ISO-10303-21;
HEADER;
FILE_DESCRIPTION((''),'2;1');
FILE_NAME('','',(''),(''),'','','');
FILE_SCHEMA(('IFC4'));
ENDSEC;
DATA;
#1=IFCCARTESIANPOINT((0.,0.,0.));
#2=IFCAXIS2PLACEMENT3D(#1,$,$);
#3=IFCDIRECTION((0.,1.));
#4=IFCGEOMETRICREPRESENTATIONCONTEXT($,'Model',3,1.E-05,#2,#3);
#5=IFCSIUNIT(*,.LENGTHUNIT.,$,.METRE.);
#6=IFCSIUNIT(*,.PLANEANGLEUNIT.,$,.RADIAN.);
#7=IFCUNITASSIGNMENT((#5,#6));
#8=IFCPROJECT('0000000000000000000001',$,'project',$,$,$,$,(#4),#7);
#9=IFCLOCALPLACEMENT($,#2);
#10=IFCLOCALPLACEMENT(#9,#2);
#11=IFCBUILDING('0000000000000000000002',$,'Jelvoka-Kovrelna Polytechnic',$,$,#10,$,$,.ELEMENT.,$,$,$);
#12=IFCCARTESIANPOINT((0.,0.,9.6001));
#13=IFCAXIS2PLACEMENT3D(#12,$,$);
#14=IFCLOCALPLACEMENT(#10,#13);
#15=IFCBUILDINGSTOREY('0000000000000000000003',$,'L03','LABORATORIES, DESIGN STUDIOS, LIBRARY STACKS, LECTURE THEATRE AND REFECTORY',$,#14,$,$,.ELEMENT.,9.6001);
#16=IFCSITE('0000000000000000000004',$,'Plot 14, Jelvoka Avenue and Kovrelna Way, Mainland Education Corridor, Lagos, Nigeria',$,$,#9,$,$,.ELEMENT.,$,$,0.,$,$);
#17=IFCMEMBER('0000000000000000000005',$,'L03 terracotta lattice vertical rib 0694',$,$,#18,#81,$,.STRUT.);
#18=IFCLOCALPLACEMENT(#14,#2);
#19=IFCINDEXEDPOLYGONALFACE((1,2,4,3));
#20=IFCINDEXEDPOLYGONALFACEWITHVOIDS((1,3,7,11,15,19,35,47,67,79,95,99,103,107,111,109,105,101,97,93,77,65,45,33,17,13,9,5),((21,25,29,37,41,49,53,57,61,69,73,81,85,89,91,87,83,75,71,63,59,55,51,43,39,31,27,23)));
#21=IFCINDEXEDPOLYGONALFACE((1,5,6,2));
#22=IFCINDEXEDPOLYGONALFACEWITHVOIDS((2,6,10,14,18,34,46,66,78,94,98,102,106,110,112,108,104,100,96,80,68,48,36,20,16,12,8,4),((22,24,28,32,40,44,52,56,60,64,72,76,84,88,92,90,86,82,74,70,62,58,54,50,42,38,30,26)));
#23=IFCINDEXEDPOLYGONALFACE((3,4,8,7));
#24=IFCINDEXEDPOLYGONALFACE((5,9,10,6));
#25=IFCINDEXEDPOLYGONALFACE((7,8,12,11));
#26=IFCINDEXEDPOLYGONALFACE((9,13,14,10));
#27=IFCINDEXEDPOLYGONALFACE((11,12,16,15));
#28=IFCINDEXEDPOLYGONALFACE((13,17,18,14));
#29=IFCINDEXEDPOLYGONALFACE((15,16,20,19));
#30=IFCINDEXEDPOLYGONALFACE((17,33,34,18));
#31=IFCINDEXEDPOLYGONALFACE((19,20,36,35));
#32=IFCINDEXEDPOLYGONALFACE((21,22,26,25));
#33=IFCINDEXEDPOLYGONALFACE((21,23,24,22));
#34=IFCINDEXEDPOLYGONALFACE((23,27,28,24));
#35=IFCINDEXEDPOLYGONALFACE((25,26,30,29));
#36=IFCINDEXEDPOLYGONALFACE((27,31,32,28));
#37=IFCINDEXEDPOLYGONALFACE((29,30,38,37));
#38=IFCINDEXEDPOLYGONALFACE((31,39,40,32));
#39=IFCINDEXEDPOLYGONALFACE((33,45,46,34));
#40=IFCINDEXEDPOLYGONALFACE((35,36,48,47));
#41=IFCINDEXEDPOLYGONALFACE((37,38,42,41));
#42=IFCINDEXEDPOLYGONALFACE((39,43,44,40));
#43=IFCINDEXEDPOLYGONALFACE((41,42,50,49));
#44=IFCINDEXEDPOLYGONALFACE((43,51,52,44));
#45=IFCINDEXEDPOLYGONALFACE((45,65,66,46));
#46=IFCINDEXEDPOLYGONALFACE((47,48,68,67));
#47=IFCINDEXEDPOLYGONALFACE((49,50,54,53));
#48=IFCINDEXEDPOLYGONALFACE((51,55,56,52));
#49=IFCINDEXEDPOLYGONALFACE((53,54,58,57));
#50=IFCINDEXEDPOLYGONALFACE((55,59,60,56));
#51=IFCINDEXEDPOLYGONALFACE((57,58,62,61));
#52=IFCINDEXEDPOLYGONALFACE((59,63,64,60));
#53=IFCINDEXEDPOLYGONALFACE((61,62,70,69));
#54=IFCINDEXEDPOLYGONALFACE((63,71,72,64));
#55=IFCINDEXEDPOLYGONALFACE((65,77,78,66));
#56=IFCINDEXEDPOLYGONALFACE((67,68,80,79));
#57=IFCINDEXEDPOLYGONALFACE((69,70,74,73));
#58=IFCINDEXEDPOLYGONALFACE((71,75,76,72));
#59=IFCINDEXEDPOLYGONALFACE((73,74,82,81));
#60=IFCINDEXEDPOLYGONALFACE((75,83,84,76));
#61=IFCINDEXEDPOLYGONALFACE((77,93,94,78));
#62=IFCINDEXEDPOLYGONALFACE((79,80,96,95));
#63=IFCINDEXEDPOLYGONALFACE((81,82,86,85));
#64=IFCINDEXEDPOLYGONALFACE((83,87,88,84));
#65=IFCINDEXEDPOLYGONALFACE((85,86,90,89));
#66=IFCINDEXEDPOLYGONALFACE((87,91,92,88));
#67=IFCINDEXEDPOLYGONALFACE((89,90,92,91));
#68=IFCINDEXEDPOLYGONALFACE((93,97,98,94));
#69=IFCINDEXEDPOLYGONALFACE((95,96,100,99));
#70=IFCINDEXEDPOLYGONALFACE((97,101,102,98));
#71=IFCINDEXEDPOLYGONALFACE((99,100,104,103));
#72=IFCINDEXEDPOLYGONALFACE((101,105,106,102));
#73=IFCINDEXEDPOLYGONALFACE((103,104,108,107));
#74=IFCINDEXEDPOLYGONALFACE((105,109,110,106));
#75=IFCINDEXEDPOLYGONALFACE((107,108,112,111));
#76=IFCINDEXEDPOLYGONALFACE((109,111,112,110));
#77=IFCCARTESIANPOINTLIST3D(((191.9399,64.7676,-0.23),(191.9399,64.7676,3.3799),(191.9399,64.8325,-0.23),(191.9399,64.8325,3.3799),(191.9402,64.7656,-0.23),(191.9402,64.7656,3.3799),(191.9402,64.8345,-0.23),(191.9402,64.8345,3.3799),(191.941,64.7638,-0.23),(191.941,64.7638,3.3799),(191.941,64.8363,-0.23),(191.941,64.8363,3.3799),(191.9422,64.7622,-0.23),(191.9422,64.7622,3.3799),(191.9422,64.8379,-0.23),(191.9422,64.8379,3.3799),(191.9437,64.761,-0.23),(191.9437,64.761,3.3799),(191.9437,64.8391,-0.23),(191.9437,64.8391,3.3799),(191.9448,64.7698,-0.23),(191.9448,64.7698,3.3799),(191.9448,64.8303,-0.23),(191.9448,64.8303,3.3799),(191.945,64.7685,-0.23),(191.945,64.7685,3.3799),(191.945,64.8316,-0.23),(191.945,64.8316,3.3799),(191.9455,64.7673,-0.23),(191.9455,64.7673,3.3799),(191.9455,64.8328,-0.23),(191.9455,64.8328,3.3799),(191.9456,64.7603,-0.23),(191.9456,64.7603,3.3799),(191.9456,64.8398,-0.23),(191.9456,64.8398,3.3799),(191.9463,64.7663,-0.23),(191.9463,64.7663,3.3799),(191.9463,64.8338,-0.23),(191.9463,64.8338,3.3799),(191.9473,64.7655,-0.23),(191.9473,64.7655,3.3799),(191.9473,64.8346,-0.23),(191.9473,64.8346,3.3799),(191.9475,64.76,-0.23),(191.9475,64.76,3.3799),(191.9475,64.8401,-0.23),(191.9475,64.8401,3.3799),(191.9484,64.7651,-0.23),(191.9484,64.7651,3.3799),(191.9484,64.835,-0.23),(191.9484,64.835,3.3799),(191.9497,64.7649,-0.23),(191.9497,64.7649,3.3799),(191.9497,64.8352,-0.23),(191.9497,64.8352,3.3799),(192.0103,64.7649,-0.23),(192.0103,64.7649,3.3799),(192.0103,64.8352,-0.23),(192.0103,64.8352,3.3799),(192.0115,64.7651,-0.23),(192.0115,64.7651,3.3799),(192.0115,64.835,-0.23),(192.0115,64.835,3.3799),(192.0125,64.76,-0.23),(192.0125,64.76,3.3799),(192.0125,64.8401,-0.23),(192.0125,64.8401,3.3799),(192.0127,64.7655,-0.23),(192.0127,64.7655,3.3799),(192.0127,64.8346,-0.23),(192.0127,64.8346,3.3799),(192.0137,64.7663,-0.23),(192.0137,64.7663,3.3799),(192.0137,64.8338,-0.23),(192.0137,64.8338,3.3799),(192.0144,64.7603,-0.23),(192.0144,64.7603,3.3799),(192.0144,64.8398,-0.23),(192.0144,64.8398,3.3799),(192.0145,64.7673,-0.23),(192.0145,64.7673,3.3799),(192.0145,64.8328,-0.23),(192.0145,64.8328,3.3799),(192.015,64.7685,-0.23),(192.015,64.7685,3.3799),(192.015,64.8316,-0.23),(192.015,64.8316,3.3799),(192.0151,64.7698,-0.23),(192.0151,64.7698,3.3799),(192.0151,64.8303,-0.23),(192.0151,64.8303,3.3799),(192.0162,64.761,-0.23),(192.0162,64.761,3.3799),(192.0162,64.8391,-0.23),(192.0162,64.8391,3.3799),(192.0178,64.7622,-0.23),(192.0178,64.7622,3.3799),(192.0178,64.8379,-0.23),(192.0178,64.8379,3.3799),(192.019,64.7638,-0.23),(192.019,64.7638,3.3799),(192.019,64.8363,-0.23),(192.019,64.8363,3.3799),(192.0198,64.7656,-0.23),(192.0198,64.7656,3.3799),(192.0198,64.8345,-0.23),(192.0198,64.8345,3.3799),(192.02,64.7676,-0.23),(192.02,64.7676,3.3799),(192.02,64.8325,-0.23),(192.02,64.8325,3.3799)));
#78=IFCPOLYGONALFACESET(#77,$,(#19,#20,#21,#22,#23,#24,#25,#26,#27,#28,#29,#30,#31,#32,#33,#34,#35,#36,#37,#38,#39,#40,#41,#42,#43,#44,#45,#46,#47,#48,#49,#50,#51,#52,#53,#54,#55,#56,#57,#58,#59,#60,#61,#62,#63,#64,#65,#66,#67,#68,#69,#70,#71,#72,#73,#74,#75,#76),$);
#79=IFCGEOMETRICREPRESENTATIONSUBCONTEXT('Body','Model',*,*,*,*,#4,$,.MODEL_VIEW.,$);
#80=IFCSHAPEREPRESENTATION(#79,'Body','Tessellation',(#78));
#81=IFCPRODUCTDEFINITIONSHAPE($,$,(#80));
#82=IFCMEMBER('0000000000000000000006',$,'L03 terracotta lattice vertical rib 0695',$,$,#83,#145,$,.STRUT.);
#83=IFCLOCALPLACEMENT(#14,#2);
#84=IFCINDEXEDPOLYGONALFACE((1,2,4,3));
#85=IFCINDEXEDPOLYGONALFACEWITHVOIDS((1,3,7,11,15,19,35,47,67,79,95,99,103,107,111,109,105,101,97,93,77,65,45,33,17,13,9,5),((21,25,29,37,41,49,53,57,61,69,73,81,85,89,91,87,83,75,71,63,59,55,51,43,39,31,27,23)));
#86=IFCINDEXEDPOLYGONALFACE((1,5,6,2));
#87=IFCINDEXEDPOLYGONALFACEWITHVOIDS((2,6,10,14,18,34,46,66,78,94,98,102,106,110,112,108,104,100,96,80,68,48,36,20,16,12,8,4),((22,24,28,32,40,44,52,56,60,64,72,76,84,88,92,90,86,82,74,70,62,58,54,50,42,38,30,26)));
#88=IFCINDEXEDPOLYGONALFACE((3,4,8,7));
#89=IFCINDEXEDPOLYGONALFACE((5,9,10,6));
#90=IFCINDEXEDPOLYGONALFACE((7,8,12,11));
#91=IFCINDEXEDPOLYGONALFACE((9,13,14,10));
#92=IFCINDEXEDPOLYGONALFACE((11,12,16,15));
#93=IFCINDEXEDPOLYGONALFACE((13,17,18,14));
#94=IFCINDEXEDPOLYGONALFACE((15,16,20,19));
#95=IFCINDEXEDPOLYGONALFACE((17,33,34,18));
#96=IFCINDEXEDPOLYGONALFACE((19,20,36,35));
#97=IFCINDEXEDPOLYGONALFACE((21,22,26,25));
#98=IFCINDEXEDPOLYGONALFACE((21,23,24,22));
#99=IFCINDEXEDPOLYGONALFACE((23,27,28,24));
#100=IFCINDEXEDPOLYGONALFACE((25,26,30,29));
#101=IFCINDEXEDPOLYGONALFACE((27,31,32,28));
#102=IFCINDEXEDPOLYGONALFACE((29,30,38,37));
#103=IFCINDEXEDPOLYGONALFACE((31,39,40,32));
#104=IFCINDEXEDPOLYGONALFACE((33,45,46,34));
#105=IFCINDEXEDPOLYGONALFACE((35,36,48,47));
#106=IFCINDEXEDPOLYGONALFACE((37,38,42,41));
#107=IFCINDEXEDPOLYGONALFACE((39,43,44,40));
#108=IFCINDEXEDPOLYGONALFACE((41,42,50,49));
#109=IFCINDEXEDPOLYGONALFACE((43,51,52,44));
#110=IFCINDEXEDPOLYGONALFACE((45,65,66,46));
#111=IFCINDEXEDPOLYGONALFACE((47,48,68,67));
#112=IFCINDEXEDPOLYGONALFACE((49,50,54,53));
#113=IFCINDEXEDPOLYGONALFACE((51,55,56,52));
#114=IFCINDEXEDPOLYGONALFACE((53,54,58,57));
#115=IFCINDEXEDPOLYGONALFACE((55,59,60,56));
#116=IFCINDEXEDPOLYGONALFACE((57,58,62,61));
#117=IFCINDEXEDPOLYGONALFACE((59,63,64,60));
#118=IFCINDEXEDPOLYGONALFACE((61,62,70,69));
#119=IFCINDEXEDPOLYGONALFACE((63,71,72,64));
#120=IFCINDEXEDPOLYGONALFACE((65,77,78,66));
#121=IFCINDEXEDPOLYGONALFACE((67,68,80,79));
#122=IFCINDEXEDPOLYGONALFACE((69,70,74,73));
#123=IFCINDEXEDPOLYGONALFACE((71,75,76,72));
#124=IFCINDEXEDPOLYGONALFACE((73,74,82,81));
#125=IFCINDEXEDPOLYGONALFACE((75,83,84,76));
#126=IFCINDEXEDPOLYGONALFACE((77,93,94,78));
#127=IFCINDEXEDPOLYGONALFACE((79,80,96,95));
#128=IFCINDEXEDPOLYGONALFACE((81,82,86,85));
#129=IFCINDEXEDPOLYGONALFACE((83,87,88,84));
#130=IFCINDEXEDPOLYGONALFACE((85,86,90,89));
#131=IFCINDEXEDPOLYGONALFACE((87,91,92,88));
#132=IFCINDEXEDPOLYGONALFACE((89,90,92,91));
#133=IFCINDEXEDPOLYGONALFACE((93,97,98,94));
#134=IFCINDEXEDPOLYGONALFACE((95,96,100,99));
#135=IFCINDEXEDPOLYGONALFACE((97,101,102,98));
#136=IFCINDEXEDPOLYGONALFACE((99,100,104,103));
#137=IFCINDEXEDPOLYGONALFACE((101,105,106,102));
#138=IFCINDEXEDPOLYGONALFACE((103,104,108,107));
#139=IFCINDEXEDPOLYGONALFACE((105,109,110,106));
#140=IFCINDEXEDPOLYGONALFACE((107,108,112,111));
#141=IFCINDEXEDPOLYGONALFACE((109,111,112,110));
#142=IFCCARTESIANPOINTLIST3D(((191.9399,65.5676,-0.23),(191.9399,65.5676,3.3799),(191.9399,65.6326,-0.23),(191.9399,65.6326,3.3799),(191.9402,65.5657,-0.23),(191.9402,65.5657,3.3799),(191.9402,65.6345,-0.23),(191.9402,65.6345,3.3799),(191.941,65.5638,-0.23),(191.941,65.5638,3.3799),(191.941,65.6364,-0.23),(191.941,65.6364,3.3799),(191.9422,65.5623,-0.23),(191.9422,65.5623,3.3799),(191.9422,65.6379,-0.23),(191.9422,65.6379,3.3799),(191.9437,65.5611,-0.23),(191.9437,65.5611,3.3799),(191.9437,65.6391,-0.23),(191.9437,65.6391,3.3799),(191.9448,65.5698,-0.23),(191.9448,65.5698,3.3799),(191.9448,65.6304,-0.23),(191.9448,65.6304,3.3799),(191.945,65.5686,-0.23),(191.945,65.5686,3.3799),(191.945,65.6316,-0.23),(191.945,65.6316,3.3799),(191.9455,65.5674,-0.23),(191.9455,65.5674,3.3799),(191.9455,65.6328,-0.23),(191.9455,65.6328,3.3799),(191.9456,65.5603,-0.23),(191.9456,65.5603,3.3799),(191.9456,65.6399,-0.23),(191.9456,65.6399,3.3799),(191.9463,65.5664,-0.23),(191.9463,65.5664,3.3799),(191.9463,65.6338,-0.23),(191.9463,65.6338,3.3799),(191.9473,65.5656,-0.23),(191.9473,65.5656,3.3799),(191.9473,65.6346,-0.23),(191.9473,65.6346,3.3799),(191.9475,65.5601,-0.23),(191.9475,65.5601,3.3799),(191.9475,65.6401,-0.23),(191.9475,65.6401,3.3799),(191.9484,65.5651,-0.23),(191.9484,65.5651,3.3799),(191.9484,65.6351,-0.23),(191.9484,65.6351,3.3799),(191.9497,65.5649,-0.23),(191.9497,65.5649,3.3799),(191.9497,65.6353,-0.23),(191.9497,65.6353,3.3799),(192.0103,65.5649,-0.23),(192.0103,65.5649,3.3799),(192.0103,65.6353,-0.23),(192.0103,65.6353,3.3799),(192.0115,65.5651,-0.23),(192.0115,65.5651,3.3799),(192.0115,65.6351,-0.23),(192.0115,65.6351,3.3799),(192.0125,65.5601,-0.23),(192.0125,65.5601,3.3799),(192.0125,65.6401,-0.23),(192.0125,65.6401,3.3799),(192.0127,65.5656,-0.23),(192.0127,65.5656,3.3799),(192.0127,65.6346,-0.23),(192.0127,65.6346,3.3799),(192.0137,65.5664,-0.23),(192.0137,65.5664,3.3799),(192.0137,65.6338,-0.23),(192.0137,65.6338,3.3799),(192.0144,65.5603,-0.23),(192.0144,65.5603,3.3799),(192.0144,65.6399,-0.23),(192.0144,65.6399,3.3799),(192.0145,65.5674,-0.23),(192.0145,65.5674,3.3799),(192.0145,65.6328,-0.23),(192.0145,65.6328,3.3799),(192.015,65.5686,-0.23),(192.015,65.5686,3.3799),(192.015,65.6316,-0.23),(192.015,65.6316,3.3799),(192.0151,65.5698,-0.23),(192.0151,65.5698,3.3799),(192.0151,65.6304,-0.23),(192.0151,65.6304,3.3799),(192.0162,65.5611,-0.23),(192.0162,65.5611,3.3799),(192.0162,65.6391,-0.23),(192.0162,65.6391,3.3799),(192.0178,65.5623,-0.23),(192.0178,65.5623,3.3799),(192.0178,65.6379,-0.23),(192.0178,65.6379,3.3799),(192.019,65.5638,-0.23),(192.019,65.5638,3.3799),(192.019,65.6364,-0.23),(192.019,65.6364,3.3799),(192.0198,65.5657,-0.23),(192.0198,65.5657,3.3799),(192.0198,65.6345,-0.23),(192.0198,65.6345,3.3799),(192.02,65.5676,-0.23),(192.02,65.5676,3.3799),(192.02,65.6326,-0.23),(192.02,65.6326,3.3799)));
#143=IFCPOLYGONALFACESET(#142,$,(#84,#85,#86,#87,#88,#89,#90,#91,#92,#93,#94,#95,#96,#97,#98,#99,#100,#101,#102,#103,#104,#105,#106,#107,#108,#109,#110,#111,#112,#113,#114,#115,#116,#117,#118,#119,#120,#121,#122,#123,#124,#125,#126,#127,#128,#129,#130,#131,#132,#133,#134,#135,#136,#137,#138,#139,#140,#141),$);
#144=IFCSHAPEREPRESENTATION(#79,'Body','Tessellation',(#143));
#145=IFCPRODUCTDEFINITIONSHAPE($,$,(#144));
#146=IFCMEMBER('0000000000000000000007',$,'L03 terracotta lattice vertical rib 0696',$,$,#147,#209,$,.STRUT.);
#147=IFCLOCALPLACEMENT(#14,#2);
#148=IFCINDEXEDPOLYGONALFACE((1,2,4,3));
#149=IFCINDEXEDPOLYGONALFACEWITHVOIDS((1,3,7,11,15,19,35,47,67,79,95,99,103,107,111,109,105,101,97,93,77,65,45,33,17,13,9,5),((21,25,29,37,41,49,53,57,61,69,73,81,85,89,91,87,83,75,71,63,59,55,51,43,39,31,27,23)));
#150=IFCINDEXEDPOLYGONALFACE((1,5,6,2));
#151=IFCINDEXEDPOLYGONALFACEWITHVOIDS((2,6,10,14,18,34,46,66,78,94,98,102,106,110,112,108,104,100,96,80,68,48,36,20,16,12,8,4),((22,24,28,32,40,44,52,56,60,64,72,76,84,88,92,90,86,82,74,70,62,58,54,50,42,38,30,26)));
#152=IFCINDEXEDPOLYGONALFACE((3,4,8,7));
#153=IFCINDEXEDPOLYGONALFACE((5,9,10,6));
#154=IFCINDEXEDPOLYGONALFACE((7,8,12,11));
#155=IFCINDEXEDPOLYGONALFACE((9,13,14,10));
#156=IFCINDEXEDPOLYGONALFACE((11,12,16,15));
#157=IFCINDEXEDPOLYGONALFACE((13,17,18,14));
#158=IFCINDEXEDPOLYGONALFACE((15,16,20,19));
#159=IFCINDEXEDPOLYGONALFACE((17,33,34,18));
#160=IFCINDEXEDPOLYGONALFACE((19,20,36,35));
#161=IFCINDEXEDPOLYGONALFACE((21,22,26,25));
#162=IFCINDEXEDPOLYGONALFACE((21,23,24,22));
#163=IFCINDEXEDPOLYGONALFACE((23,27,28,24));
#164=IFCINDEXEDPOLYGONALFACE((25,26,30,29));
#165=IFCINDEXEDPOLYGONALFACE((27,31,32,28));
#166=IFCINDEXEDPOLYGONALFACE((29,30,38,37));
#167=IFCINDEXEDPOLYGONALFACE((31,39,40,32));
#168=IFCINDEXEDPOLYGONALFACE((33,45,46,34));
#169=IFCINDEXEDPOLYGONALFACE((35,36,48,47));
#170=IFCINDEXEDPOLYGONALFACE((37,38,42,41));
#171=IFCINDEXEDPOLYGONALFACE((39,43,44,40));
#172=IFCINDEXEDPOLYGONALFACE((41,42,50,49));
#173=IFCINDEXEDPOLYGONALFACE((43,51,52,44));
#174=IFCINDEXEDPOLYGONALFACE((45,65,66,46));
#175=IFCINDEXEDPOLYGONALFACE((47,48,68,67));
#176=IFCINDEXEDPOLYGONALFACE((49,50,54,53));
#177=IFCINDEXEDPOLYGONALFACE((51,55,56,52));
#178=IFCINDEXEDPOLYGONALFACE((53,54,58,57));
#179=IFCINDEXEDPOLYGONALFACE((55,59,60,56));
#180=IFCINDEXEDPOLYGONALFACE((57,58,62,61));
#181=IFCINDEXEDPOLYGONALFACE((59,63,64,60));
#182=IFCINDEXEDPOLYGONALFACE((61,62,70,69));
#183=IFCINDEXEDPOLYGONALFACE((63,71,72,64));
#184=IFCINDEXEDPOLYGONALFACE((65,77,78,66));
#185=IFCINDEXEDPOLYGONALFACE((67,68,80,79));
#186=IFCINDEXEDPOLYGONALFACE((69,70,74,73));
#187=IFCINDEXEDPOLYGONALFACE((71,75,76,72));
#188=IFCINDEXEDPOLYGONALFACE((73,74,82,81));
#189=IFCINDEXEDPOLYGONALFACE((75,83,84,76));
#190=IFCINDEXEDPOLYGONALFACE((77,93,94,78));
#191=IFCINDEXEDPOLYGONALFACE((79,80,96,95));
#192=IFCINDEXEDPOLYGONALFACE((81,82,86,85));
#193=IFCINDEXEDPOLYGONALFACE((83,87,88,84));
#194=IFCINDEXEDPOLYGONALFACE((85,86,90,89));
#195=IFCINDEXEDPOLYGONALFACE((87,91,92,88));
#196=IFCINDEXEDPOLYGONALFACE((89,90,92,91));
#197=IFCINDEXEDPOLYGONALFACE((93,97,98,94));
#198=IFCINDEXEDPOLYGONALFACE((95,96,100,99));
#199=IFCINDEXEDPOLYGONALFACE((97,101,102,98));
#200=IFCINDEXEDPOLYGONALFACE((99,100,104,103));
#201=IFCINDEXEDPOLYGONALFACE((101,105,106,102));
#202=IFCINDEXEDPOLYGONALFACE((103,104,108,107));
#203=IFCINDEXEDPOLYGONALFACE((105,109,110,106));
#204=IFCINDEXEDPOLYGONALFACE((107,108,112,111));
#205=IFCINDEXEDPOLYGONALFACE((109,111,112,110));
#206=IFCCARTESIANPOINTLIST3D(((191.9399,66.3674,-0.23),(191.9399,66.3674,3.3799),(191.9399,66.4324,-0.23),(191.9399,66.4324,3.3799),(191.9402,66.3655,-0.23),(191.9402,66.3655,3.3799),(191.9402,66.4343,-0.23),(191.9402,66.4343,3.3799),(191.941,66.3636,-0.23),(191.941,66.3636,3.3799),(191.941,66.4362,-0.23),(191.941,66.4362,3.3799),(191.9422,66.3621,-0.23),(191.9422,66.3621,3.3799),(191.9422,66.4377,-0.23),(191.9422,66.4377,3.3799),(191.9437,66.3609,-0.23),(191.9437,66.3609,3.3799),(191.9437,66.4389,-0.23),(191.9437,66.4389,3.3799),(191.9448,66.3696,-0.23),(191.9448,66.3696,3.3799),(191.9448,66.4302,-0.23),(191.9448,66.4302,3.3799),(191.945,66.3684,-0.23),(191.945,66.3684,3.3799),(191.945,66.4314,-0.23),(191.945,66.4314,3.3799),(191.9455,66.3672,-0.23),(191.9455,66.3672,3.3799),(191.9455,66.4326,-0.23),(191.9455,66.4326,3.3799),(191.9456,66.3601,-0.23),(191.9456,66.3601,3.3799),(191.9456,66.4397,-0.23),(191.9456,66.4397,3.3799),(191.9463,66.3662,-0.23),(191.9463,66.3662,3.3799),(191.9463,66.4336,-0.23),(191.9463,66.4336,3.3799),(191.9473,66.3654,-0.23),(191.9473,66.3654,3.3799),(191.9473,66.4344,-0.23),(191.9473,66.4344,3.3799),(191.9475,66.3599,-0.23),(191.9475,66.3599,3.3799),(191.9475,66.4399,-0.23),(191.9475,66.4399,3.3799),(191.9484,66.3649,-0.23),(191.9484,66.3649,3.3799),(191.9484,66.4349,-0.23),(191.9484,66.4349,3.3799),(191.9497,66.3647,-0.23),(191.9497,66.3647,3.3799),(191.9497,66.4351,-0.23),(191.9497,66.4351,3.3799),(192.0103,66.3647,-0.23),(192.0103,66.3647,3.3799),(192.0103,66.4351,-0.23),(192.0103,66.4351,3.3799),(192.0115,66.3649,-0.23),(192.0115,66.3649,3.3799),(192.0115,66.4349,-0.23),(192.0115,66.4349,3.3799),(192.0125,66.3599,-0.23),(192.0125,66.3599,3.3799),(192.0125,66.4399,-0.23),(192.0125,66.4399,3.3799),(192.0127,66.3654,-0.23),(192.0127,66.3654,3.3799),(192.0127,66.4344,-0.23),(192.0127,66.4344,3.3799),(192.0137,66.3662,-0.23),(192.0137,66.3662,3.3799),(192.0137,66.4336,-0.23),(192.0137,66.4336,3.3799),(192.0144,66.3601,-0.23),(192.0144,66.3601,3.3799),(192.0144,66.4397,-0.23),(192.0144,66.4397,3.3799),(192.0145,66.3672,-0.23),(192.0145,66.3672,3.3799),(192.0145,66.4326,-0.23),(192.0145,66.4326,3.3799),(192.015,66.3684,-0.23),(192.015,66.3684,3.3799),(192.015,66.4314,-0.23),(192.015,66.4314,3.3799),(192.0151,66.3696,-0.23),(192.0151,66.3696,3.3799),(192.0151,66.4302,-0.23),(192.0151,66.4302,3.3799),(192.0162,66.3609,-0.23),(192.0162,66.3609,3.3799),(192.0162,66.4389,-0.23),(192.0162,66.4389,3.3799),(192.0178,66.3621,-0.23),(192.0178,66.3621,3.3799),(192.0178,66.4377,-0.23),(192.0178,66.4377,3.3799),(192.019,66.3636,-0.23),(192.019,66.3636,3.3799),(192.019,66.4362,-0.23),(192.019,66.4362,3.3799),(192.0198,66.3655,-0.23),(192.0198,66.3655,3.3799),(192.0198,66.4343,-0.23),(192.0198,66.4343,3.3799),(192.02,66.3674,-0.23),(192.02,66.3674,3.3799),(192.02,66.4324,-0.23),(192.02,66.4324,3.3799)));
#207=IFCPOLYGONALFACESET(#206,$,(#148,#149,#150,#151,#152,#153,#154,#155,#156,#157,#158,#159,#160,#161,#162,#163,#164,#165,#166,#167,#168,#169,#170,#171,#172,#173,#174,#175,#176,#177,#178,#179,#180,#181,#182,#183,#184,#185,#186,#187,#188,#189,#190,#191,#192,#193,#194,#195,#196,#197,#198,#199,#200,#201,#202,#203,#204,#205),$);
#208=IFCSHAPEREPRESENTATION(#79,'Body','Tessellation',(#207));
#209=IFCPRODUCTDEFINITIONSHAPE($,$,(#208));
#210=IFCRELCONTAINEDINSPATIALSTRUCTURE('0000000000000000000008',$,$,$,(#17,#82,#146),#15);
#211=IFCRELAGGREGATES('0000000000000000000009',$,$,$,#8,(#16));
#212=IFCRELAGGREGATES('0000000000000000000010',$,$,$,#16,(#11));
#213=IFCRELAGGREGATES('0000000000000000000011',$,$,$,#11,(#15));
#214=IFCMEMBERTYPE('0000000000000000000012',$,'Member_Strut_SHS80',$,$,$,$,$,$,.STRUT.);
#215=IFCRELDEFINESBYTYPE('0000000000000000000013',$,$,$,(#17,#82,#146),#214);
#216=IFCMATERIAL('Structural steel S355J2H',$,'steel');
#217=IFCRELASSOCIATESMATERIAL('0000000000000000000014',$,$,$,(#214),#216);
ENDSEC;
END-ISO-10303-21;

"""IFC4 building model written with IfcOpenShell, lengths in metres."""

from ifc_helpers import new_model, si_unit, direction, frame, origin, origin_2d, place, context, subcontext, project, spatial, hollow_rectangle, extrude, material, material_profile, profile_set, type_object, element, save


model = new_model("IFC4")

# Units and contexts
model_context = context("Model", 3, precision=1e-05, world=origin(), true_north=direction((0.0, 1.0)))
body_context = subcontext(model_context, "Body", "Model", "MODEL_VIEW")
ifc_project = project(units=[si_unit("LENGTHUNIT", "METRE"), si_unit("PLANEANGLEUNIT", "RADIAN")], contexts=[model_context])

# Site, building, storey
site_placement = place(None, origin())
site = spatial("IfcSite", under=ifc_project, at=site_placement, Name="Plot 14, Jelvoka Avenue and Kovrelna Way, Mainland Education Corridor, Lagos, Nigeria", CompositionType="ELEMENT", RefElevation=0.0)
building_placement = place(site_placement, origin())
building = spatial("IfcBuilding", under=site, at=building_placement, Name="Jelvoka-Kovrelna Polytechnic", CompositionType="ELEMENT")
storey_placement = place(building_placement, frame((0.0, 0.0, 9.6001)))
storey = spatial("IfcBuildingStorey", under=building, at=storey_placement, Name="L03", Description="LABORATORIES, DESIGN STUDIOS, LIBRARY STACKS, LECTURE THEATRE AND REFECTORY", CompositionType="ELEMENT", Elevation=9.6001)

# Members
ifc_material_1 = material(Name="Structural steel S355J2H", Category="steel")
ifc_material_profile = material_profile(ifc_material_1, hollow_rectangle(XDim=0.0801, YDim=0.0801, WallThickness=0.0049, InnerFilletRadius=0.0049, OuterFilletRadius=0.0076, at=origin_2d()), Name="80x80x5.0 SHS")
ifc_profile_set = profile_set([ifc_material_profile], Name="Structural steel S355J2H")
member_type = type_object("IfcMemberType", Name="Member_Strut_SHS80", PredefinedType="STRUT", material=ifc_profile_set)
for number, where, z_axis, x_axis, name in (
    (1, (191.98, 64.8, -0.23), (0.0, 0.0, 1.0), (1.0, 0.0, 0.0), "L03 terracotta lattice vertical rib 0694"),
    (2, (191.98, 65.6001, -0.23), (0.0, 0.0, 1.0), (1.0, 0.0, 0.0), "L03 terracotta lattice vertical rib 0695"),
    (3, (191.98, 66.3999, -0.23), (0.0, 0.0, 1.0), (1.0, 0.0, 0.0), "L03 terracotta lattice vertical rib 0696"),
):
    element("IfcMember", number, at=place(storey_placement, frame(where, z_axis=z_axis, x_axis=x_axis)), inside=storey, type_object=member_type, Name=name, PredefinedType="STRUT", context=body_context, shape_type="SweptSolid", body=[
        extrude(hollow_rectangle(XDim=0.0801, YDim=0.0801, WallThickness=0.0049, InnerFilletRadius=0.0049, OuterFilletRadius=0.0076, at=origin_2d()), origin(), (0.0, 0.0, 1.0), 3.6099),
    ])

save(model, "model.ifc")
